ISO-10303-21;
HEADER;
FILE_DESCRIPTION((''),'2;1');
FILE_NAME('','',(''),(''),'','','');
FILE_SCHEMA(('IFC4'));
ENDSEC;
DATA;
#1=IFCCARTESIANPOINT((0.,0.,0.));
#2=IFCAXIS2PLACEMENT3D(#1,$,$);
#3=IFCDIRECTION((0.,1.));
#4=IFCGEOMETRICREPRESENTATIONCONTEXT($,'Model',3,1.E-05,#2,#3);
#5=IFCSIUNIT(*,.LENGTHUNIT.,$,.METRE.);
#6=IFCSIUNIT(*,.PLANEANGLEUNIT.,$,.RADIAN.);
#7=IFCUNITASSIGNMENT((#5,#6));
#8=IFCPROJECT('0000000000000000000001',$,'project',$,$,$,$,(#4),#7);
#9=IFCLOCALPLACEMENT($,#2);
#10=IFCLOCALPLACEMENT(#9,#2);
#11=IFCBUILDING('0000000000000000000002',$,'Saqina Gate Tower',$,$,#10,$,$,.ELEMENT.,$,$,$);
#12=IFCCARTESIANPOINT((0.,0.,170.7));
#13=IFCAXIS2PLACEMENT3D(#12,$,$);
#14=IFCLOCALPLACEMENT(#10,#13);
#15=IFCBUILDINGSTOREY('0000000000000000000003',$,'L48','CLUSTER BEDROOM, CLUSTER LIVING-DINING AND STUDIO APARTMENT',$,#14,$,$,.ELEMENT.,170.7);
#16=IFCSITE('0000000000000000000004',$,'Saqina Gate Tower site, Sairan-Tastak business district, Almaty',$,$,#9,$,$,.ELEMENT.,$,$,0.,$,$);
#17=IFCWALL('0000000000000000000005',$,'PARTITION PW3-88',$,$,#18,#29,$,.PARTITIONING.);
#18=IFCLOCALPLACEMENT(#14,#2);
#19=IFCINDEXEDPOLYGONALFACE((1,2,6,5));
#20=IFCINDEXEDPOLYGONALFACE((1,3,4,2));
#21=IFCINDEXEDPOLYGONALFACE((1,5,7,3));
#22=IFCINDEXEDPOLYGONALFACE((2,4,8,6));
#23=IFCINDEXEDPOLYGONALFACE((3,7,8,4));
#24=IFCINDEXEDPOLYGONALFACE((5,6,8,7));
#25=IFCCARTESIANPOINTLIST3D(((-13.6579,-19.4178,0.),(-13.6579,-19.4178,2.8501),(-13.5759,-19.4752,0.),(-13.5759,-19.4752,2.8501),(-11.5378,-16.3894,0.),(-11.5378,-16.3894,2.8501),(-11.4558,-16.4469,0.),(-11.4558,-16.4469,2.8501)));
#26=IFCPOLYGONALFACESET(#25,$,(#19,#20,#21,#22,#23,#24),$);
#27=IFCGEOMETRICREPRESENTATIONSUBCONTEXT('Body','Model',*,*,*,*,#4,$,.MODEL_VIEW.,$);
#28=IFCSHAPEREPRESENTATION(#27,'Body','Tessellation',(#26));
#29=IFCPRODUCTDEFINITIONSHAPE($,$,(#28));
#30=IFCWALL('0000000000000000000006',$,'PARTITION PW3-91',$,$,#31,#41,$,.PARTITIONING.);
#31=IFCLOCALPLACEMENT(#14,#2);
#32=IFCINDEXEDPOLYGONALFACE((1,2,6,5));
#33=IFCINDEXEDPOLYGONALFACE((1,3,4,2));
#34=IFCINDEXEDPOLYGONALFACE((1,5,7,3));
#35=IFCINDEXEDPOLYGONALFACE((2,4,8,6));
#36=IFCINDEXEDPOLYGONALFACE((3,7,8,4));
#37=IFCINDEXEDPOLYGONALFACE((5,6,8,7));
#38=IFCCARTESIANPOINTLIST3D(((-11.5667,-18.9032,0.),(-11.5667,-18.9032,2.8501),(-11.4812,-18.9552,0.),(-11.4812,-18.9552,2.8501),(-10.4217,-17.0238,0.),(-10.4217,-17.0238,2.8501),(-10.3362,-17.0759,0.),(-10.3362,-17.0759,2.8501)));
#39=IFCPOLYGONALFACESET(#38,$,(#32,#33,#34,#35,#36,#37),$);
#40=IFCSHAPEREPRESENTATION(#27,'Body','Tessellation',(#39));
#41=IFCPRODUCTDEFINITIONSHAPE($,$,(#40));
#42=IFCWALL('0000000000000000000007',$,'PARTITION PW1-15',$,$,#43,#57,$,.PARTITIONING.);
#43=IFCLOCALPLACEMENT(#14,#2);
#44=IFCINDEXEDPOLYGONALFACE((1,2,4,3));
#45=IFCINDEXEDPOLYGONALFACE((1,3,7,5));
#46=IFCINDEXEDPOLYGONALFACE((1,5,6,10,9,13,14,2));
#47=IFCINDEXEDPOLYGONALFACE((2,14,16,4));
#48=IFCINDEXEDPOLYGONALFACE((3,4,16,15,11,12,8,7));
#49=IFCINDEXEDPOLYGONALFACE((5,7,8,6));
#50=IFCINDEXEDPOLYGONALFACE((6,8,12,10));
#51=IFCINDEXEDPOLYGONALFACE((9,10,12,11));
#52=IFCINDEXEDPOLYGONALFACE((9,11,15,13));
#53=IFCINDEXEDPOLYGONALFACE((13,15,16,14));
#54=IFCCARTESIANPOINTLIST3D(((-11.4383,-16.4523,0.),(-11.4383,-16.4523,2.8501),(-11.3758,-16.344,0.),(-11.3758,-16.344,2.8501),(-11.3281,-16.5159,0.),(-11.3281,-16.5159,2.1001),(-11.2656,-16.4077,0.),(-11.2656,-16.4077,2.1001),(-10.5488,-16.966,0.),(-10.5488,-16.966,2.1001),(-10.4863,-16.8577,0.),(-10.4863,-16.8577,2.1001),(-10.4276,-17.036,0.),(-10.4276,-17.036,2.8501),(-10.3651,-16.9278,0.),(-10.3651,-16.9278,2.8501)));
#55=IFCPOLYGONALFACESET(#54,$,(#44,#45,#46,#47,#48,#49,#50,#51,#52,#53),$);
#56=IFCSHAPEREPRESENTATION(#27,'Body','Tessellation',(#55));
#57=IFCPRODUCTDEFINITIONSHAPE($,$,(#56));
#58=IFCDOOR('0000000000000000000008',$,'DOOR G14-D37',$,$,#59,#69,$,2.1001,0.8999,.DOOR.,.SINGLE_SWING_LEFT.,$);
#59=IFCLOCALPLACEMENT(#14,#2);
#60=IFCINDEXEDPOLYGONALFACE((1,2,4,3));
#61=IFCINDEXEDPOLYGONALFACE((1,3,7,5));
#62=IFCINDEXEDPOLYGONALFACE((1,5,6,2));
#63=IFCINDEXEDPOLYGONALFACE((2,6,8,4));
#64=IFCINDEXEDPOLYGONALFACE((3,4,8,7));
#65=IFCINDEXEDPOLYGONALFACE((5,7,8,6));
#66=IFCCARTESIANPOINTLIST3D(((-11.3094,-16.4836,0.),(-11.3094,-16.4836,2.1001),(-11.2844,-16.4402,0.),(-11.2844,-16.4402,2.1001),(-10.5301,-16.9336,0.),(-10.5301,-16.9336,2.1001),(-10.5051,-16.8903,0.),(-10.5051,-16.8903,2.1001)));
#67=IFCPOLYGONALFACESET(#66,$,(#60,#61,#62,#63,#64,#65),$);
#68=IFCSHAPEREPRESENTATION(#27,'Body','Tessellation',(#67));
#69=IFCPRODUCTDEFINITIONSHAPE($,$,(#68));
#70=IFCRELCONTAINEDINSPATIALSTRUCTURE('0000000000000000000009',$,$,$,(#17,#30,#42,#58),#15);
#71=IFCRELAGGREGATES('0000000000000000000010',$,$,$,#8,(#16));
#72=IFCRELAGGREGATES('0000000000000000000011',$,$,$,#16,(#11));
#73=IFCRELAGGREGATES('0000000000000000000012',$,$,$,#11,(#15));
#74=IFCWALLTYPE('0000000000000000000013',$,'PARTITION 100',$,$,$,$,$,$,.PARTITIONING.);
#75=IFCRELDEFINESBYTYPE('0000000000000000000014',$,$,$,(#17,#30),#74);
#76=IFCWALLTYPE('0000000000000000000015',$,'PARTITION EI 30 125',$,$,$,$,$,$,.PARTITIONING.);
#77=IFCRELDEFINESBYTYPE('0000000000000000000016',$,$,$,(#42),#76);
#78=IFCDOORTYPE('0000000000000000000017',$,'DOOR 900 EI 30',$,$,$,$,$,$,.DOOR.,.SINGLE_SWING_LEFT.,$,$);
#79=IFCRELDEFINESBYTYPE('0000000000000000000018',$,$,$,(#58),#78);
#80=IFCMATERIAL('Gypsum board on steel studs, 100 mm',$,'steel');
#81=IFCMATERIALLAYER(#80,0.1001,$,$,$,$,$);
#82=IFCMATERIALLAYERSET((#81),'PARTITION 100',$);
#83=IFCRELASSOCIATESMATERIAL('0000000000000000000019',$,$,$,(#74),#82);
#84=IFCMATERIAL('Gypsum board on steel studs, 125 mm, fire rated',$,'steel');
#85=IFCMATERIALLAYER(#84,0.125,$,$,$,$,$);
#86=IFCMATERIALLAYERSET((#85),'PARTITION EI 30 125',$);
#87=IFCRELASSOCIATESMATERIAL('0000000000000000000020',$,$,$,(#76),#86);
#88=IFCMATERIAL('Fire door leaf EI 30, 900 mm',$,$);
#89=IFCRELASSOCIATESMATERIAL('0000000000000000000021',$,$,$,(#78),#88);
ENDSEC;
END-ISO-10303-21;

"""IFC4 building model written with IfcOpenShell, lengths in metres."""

from ifc_helpers import new_model, si_unit, direction, frame, frame_2d, origin, place, context, subcontext, project, spatial, rectangle, extrude, material, layer, layer_set, type_object, element, fill, save


model = new_model("IFC4")

# Units and contexts
model_context = context("Model", 3, precision=1e-05, world=origin(), true_north=direction((0.0, 1.0)))
body_context = subcontext(model_context, "Body", "Model", "MODEL_VIEW")
ifc_project = project(units=[si_unit("LENGTHUNIT", "METRE"), si_unit("PLANEANGLEUNIT", "RADIAN")], contexts=[model_context])

# Site, building, storey
site_placement = place(None, origin())
site = spatial("IfcSite", under=ifc_project, at=site_placement, Name="Saqina Gate Tower site, Sairan-Tastak business district, Almaty", CompositionType="ELEMENT", RefElevation=0.0)
building_placement = place(site_placement, origin())
building = spatial("IfcBuilding", under=site, at=building_placement, Name="Saqina Gate Tower", CompositionType="ELEMENT")
storey_placement = place(building_placement, frame((0.0, 0.0, 170.7)))
storey = spatial("IfcBuildingStorey", under=building, at=storey_placement, Name="L48", Description="CLUSTER BEDROOM, CLUSTER LIVING-DINING AND STUDIO APARTMENT", CompositionType="ELEMENT", Elevation=170.7)

# Shared definitions
ifc_material_1 = material(Name="Gypsum board on steel studs, 100 mm", Category="steel")
ifc_layer_1 = layer(ifc_material_1, 0.1001)
ifc_layer_set_1 = layer_set([ifc_layer_1], Name="PARTITION 100")
wall_type_1 = type_object("IfcWallType", Name="PARTITION 100", PredefinedType="PARTITIONING", material=ifc_layer_set_1)

# Walls
wall_1_placement = place(storey_placement, frame((-13.6169, -19.4465, 0.0), z_axis=(0.0, 0.0, 1.0), x_axis=(0.573516, 0.819195, 0.0)))
element("IfcWall", 1, at=wall_1_placement, inside=storey, type_object=wall_type_1, Name="PARTITION PW3-88", PredefinedType="PARTITIONING", context=body_context, shape_type="SweptSolid", body=[
    extrude(rectangle(XDim=3.6968, YDim=0.1001, at=frame_2d((1.8484, 0.0))), origin(), (0.0, 0.0, 1.0), 2.8501),
])
wall_2_placement = place(storey_placement, frame((-11.5239, -18.9292, 0.0), z_axis=(0.0, 0.0, 1.0), x_axis=(0.520292, 0.853989, 0.0)))
element("IfcWall", 2, at=wall_2_placement, inside=storey, type_object=wall_type_1, Name="PARTITION PW3-91", PredefinedType="PARTITIONING", context=body_context, shape_type="SweptSolid", body=[
    extrude(rectangle(XDim=2.2007, YDim=0.1001, at=frame_2d((1.1003, 0.0))), origin(), (0.0, 0.0, 1.0), 2.8501),
])

# Wall, opening, door
ifc_material_2 = material(Name="Gypsum board on steel studs, 125 mm, fire rated", Category="steel")
ifc_layer_2 = layer(ifc_material_2, 0.125)
ifc_layer_set_2 = layer_set([ifc_layer_2], Name="PARTITION EI 30 125")
wall_type_2 = type_object("IfcWallType", Name="PARTITION EI 30 125", PredefinedType="PARTITIONING", material=ifc_layer_set_2)
wall_3_placement = place(storey_placement, frame((-11.407, -16.3982, 0.0), z_axis=(0.0, 0.0, 1.0), x_axis=(0.865956, -0.500121, 0.0)))
wall_3 = element("IfcWall", 3, at=wall_3_placement, inside=storey, type_object=wall_type_2, Name="PARTITION PW1-15", PredefinedType="PARTITIONING", context=body_context, shape_type="SweptSolid", body=[
    extrude(rectangle(XDim=1.1672, YDim=0.125, at=frame_2d((0.5835, 0.0))), origin(), (0.0, 0.0, 1.0), 2.8501),
])
opening_1_placement = place(wall_3_placement, frame((0.1272, 0.0, 0.0)))
opening_1 = element("IfcOpeningElement", 4, at=opening_1_placement, cuts=wall_3, PredefinedType="OPENING", context=body_context, shape_type="SweptSolid", body=[
    extrude(rectangle(XDim=0.8999, YDim=2.1001, at=frame_2d((0.45, 1.05))), frame((0.0, 0.0745, 0.0), z_axis=(0.0, -1.0, 0.0), x_axis=(1.0, 0.0, 0.0)), (0.0, 0.0, 1.0), 0.1489),
])
ifc_material_3 = material(Name="Fire door leaf EI 30, 900 mm")
door_type_1 = type_object("IfcDoorType", Name="DOOR 900 EI 30", OperationType="SINGLE_SWING_LEFT", PredefinedType="DOOR", material=ifc_material_3)
door_1_placement = place(opening_1_placement, origin())
door_1 = element("IfcDoor", 5, at=door_1_placement, inside=storey, type_object=door_type_1, Name="DOOR G14-D37", OperationType="SINGLE_SWING_LEFT", OverallHeight=2.1001, OverallWidth=0.8999, PredefinedType="DOOR", context=body_context, shape_type="SweptSolid", body=[
    extrude(rectangle(XDim=0.8999, YDim=2.1001, at=frame_2d((0.45, 1.05))), frame((0.0, 0.0249, 0.0), z_axis=(0.0, -1.0, 0.0), x_axis=(1.0, 0.0, 0.0)), (0.0, 0.0, 1.0), 0.05),
])
fill(opening_1, door_1)

save(model, "model.ifc")
